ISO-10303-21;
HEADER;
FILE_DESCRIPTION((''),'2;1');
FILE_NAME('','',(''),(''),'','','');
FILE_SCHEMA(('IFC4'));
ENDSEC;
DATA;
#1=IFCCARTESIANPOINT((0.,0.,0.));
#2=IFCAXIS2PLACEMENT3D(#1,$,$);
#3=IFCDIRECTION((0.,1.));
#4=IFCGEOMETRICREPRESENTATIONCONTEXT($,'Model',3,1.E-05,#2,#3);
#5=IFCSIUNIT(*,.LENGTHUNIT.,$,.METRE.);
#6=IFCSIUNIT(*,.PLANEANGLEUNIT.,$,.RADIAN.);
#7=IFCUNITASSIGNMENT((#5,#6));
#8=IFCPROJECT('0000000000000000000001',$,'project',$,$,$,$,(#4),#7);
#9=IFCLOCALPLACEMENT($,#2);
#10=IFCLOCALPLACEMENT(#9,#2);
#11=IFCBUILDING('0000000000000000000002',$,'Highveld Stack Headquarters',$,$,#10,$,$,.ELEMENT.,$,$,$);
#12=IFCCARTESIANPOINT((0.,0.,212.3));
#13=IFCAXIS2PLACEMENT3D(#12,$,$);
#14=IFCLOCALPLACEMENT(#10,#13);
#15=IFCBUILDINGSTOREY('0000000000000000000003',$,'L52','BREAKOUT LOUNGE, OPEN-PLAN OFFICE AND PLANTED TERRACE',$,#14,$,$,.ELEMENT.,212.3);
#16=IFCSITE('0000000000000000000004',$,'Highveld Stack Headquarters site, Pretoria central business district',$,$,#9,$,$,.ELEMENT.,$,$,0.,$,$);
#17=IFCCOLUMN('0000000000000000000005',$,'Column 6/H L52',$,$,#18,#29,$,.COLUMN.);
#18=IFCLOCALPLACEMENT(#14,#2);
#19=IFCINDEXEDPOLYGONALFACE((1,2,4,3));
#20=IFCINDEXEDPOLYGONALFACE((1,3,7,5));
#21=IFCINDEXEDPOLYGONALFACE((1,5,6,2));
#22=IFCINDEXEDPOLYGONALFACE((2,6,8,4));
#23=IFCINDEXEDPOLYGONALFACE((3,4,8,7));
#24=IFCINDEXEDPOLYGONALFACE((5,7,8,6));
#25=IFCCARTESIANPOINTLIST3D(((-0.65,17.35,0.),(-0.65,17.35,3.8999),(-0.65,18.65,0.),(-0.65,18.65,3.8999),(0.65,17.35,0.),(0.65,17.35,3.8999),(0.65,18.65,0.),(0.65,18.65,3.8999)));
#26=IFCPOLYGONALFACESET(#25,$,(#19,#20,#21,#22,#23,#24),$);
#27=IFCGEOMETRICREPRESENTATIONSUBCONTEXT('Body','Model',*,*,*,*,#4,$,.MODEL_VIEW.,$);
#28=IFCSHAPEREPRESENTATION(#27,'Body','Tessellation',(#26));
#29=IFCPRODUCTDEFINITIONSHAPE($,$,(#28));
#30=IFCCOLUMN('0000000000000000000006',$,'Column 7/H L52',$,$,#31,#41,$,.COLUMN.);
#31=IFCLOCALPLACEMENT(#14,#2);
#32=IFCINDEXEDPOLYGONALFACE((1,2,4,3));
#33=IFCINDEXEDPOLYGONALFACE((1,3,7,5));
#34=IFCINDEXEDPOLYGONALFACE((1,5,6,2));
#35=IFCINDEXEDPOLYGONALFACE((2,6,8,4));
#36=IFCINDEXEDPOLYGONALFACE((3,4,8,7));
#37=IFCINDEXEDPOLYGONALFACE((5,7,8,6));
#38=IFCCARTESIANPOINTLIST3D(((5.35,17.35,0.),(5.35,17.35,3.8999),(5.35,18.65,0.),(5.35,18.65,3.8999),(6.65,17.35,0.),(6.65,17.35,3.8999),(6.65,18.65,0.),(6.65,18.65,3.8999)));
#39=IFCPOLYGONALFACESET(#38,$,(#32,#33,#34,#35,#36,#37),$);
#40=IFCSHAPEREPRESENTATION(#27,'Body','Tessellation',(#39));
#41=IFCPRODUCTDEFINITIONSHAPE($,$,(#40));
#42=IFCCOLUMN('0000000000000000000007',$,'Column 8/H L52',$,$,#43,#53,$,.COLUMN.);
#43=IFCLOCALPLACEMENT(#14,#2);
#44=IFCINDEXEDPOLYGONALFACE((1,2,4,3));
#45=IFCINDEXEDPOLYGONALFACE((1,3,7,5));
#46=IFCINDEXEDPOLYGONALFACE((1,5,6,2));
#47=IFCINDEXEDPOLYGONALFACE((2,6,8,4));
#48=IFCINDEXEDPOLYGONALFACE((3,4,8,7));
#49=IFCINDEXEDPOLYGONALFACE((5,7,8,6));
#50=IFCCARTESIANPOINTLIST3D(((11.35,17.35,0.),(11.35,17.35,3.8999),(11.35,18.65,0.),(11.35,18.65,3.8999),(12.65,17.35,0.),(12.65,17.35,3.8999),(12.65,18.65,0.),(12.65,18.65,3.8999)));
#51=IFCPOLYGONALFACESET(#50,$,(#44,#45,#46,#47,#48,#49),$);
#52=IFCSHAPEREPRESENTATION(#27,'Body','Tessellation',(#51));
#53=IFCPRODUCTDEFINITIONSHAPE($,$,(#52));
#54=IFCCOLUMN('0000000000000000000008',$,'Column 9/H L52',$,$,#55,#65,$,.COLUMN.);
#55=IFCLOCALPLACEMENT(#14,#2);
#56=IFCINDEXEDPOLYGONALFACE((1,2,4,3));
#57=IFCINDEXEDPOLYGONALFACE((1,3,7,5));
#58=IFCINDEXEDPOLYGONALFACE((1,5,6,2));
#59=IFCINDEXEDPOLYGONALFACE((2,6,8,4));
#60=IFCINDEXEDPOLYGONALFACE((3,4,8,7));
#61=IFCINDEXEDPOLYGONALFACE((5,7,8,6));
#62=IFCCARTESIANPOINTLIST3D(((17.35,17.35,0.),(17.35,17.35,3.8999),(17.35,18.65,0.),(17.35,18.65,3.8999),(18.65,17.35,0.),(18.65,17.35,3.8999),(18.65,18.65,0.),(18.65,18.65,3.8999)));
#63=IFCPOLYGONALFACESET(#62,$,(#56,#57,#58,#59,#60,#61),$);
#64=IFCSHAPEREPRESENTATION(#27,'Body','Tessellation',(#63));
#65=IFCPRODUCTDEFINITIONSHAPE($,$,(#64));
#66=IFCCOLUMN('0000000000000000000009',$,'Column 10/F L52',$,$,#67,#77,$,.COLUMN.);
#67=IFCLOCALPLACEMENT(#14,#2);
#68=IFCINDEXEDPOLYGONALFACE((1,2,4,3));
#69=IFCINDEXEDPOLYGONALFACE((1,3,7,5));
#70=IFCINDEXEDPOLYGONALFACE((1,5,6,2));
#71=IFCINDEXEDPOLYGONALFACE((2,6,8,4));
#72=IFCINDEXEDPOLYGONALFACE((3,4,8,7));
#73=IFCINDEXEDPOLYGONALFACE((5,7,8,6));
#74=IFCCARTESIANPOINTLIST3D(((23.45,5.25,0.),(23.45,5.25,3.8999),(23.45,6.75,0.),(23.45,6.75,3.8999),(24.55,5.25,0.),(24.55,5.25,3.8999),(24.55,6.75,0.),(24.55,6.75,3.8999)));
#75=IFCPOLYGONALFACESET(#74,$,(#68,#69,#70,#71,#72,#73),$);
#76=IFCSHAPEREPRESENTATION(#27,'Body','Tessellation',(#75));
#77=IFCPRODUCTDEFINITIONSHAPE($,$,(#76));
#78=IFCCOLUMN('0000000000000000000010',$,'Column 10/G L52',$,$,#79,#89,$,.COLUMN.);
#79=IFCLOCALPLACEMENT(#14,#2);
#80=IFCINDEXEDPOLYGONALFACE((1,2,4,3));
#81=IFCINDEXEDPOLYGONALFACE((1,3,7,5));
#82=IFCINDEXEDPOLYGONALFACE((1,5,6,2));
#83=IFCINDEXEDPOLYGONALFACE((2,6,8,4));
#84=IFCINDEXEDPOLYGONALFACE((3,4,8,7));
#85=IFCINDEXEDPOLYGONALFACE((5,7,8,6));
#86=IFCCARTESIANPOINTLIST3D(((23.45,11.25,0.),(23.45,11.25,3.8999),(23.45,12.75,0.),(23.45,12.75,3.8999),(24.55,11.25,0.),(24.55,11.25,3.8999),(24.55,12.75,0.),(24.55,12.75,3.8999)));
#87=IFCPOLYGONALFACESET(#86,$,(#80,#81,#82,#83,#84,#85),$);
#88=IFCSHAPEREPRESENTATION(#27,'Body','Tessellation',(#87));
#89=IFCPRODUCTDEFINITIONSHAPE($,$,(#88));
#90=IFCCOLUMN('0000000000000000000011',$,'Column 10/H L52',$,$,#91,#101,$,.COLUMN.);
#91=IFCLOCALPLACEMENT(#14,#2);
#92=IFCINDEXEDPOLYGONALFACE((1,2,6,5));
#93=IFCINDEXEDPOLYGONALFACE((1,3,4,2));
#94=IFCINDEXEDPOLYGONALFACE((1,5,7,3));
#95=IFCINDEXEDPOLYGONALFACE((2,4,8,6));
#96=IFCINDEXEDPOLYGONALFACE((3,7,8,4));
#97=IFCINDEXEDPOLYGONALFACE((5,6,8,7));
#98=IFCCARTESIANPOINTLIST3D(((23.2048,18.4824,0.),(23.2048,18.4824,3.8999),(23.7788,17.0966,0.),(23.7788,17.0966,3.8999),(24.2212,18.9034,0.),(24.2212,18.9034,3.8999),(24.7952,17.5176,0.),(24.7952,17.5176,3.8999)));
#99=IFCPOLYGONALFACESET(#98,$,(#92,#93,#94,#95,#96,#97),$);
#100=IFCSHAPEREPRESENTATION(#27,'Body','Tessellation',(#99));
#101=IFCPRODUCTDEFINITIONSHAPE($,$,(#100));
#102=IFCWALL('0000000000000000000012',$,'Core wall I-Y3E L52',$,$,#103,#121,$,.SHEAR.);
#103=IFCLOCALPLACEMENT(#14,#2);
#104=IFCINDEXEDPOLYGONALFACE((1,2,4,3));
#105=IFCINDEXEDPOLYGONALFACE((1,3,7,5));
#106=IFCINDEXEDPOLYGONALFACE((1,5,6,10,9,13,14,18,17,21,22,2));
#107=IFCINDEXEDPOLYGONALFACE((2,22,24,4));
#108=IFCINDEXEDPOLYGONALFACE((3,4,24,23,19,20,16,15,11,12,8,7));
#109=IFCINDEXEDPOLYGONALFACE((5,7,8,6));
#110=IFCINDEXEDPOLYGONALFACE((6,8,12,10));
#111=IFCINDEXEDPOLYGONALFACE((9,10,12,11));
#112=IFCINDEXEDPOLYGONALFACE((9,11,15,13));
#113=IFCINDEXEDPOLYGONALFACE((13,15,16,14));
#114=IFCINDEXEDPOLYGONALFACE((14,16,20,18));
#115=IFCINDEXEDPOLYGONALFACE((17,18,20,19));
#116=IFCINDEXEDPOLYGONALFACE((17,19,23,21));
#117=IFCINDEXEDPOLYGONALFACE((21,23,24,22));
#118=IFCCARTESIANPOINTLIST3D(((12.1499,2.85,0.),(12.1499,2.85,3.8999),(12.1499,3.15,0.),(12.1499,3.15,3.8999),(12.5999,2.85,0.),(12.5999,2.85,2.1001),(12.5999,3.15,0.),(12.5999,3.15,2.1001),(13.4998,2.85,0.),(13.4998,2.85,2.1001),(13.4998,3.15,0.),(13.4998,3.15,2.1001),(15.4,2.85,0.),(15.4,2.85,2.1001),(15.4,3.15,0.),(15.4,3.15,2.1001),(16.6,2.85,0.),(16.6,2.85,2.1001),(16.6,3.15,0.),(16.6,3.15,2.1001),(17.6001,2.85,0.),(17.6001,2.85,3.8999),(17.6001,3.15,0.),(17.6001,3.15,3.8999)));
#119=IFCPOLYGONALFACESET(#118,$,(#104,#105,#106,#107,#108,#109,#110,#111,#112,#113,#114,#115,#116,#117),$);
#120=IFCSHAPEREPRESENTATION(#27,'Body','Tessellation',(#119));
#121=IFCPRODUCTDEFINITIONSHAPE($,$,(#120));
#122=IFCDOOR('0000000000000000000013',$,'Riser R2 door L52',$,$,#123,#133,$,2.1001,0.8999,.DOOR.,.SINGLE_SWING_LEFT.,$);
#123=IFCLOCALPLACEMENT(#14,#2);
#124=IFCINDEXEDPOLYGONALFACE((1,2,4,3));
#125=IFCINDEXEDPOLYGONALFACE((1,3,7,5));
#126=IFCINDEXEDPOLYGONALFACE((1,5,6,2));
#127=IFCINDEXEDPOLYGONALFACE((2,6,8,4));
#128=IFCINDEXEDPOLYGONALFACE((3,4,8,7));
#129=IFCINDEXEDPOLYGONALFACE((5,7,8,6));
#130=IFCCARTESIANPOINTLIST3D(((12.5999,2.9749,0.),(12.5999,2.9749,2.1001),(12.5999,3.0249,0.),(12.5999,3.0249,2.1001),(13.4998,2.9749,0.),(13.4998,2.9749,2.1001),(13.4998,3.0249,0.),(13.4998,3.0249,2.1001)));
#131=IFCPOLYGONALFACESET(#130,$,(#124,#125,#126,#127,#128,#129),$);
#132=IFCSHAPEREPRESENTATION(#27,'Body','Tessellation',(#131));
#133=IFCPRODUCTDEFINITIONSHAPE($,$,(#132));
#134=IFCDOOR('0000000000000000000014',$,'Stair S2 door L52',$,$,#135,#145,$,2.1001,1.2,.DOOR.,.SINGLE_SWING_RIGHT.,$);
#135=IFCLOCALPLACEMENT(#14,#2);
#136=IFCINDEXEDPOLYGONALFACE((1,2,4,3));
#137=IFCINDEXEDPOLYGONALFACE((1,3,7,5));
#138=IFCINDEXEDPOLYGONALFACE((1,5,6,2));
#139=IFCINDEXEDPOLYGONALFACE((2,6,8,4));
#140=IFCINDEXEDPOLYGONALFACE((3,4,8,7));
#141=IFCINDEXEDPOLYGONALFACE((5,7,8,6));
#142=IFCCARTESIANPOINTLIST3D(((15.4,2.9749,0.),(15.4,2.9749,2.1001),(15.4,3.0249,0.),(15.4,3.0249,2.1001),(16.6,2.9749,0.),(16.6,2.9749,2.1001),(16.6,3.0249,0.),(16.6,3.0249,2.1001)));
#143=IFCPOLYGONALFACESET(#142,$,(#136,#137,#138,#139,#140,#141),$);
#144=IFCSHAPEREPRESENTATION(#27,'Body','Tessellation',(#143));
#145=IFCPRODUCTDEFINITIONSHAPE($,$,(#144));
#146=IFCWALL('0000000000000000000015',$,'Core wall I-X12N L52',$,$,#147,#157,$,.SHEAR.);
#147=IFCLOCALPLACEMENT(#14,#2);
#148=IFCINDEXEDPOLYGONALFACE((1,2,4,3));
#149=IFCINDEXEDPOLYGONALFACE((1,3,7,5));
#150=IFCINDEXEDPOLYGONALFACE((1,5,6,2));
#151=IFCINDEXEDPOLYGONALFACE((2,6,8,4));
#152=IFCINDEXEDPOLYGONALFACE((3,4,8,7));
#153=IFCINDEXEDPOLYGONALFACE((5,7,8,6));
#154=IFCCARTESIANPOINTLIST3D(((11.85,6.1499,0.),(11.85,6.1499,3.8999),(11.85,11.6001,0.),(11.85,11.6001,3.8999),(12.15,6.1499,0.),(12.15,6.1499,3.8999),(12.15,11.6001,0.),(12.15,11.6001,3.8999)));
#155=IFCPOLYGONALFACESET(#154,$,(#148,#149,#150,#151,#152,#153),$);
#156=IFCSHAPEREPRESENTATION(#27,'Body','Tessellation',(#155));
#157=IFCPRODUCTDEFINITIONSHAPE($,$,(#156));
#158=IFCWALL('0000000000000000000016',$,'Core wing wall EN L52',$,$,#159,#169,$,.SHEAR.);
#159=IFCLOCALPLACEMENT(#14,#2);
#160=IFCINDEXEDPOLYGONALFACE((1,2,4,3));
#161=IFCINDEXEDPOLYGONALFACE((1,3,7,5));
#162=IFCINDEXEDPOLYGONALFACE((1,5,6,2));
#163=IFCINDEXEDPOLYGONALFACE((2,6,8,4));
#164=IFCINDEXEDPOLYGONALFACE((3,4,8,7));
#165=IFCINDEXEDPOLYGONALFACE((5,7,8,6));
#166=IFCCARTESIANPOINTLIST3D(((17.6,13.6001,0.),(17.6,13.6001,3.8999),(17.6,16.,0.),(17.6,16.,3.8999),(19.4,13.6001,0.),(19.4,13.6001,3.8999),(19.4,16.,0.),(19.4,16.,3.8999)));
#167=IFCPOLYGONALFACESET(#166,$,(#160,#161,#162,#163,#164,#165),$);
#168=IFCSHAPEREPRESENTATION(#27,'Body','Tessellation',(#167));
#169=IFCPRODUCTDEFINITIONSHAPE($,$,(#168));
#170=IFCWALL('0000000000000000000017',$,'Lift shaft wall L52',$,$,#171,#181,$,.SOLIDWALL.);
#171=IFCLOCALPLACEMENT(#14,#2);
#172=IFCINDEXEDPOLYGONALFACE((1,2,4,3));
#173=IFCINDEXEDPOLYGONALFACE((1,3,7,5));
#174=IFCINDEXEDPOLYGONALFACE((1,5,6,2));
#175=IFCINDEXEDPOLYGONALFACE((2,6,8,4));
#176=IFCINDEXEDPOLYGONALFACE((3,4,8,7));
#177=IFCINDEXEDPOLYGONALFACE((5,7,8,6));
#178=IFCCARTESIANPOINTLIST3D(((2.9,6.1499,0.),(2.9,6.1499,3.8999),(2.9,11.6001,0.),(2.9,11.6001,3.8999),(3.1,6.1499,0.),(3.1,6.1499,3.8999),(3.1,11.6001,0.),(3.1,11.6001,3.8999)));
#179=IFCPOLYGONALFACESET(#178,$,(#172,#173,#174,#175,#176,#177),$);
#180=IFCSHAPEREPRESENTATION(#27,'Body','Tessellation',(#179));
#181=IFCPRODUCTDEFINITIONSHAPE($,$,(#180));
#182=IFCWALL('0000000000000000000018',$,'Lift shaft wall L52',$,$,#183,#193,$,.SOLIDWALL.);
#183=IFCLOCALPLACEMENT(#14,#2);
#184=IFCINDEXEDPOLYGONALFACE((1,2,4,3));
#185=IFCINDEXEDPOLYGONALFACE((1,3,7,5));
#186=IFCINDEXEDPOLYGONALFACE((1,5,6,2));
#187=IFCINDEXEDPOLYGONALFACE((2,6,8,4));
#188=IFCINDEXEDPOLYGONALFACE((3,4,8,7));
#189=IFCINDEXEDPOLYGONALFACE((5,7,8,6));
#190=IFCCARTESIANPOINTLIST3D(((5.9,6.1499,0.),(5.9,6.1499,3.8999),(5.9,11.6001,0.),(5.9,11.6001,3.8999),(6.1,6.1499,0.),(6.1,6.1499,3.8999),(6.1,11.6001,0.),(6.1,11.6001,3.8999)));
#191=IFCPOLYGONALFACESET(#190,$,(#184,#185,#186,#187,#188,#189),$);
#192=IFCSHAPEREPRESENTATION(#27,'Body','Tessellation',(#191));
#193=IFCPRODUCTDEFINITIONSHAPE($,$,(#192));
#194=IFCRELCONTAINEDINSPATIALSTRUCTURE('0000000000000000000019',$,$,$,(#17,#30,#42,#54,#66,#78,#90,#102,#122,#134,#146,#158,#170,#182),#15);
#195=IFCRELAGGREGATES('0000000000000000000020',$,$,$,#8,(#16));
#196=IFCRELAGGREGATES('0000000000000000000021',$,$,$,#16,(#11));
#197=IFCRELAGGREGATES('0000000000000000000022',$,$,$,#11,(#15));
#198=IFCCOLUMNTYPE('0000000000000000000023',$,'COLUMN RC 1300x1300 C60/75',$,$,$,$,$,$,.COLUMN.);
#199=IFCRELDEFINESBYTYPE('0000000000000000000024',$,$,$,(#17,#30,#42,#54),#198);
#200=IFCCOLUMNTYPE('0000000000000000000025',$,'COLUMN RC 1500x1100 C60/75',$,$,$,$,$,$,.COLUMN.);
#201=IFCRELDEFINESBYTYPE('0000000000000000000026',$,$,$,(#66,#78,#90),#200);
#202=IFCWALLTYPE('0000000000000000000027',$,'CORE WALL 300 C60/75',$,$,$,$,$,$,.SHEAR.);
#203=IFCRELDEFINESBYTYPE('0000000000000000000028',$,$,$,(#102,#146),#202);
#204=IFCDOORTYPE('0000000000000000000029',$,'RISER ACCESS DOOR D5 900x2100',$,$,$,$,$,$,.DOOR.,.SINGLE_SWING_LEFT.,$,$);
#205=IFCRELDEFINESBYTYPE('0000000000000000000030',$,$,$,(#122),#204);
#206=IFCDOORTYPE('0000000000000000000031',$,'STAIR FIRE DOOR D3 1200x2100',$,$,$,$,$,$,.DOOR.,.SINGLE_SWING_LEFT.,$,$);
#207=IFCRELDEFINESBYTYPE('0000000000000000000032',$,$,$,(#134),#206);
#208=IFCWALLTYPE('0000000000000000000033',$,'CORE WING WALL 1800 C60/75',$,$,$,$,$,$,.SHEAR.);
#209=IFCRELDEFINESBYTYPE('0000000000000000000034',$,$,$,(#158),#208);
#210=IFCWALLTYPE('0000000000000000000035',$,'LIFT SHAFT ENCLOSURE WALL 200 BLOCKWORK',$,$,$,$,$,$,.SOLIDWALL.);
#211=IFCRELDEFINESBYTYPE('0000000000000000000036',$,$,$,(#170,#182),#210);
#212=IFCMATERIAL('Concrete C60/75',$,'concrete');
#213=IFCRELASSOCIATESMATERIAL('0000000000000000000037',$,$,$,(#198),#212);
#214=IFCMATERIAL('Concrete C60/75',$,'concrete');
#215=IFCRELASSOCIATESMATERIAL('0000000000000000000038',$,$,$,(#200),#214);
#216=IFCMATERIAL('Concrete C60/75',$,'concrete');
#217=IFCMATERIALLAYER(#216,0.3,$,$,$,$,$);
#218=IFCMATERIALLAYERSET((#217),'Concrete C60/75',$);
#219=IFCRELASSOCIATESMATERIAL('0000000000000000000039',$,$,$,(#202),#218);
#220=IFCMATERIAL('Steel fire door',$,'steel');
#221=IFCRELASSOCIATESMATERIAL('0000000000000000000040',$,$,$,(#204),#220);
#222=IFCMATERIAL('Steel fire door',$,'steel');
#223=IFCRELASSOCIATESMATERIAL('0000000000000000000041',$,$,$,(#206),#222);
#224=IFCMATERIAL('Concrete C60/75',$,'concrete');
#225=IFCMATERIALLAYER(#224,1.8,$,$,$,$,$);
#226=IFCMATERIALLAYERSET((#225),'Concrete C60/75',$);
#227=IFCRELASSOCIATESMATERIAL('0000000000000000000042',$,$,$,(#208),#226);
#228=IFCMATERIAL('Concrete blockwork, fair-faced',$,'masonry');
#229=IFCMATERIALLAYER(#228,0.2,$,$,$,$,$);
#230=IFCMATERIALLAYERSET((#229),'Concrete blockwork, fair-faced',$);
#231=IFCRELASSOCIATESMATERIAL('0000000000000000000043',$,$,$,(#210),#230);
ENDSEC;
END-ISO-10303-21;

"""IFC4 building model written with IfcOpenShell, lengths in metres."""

from ifc_helpers import new_model, si_unit, direction, frame, frame_2d, origin, origin_2d, place, context, subcontext, project, spatial, rectangle, extrude, material, layer, layer_set, material_profile, profile_set, type_object, element, fill, save


model = new_model("IFC4")

# Units and contexts
model_context = context("Model", 3, precision=1e-05, world=origin(), true_north=direction((0.0, 1.0)))
body_context = subcontext(model_context, "Body", "Model", "MODEL_VIEW")
ifc_project = project(units=[si_unit("LENGTHUNIT", "METRE"), si_unit("PLANEANGLEUNIT", "RADIAN")], contexts=[model_context])

# Site, building, storey
site_placement = place(None, origin())
site = spatial("IfcSite", under=ifc_project, at=site_placement, Name="Highveld Stack Headquarters site, Pretoria central business district", CompositionType="ELEMENT", RefElevation=0.0)
building_placement = place(site_placement, origin())
building = spatial("IfcBuilding", under=site, at=building_placement, Name="Highveld Stack Headquarters", CompositionType="ELEMENT")
storey_placement = place(building_placement, frame((0.0, 0.0, 212.3)))
storey = spatial("IfcBuildingStorey", under=building, at=storey_placement, Name="L52", Description="BREAKOUT LOUNGE, OPEN-PLAN OFFICE AND PLANTED TERRACE", CompositionType="ELEMENT", Elevation=212.3)

# Columns
ifc_material_1 = material(Name="Concrete C60/75", Category="concrete")
ifc_material_profile_1 = material_profile(ifc_material_1, rectangle(XDim=1.3, YDim=1.3, at=origin_2d()), Name="RC 1300x1300")
ifc_profile_set_1 = profile_set([ifc_material_profile_1], Name="Concrete C60/75")
column_type_1 = type_object("IfcColumnType", Name="COLUMN RC 1300x1300 C60/75", PredefinedType="COLUMN", material=ifc_profile_set_1)
for number, where, z_axis, x_axis, name in (
    (1, (0.0, 18.0, 0.0), (0.0, 0.0, 1.0), (1.0, 0.0, 0.0), "Column 6/H L52"),
    (2, (6.0, 18.0, 0.0), (0.0, 0.0, 1.0), (1.0, 0.0, 0.0), "Column 7/H L52"),
    (3, (12.0, 18.0, 0.0), (0.0, 0.0, 1.0), (1.0, 0.0, 0.0), "Column 8/H L52"),
    (4, (18.0, 18.0, 0.0), (0.0, 0.0, 1.0), (1.0, 0.0, 0.0), "Column 9/H L52"),
):
    element("IfcColumn", number, at=place(storey_placement, frame(where, z_axis=z_axis, x_axis=x_axis)), inside=storey, type_object=column_type_1, Name=name, PredefinedType="COLUMN", context=body_context, shape_type="SweptSolid", body=[
        extrude(rectangle(XDim=1.3, YDim=1.3, at=origin_2d()), origin(), (0.0, 0.0, 1.0), 3.8999),
    ])
ifc_material_2 = material(Name="Concrete C60/75", Category="concrete")
ifc_material_profile_2 = material_profile(ifc_material_2, rectangle(XDim=1.5, YDim=1.1001, at=origin_2d()), Name="RC 1500x1100")
ifc_profile_set_2 = profile_set([ifc_material_profile_2], Name="Concrete C60/75")
column_type_2 = type_object("IfcColumnType", Name="COLUMN RC 1500x1100 C60/75", PredefinedType="COLUMN", material=ifc_profile_set_2)
for number, where, z_axis, x_axis, name in (
    (5, (24.0, 6.0, 0.0), (0.0, 0.0, 1.0), (0.0, 1.0, 0.0), "Column 10/F L52"),
    (6, (24.0, 12.0, 0.0), (0.0, 0.0, 1.0), (0.0, 1.0, 0.0), "Column 10/G L52"),
    (7, (24.0, 18.0, 0.0), (0.0, 0.0, 1.0), (0.382683, -0.92388, 0.0), "Column 10/H L52"),
):
    element("IfcColumn", number, at=place(storey_placement, frame(where, z_axis=z_axis, x_axis=x_axis)), inside=storey, type_object=column_type_2, Name=name, PredefinedType="COLUMN", context=body_context, shape_type="SweptSolid", body=[
        extrude(rectangle(XDim=1.5, YDim=1.1001, at=origin_2d()), origin(), (0.0, 0.0, 1.0), 3.8999),
    ])

# Wall, openings, doors
ifc_material_3 = material(Name="Concrete C60/75", Category="concrete")
ifc_layer_1 = layer(ifc_material_3, 0.3)
ifc_layer_set_1 = layer_set([ifc_layer_1], Name="Concrete C60/75")
wall_type_1 = type_object("IfcWallType", Name="CORE WALL 300 C60/75", PredefinedType="SHEAR", material=ifc_layer_set_1)
wall_1_placement = place(storey_placement, frame((12.1499, 3.0, 0.0), z_axis=(0.0, 0.0, 1.0), x_axis=(1.0, 0.0, 0.0)))
wall_1 = element("IfcWall", 8, at=wall_1_placement, inside=storey, type_object=wall_type_1, Name="Core wall I-Y3E L52", PredefinedType="SHEAR", context=body_context, shape_type="SweptSolid", body=[
    extrude(rectangle(XDim=5.4502, YDim=0.3, at=frame_2d((2.7251, 0.0))), origin(), (0.0, 0.0, 1.0), 3.8999),
])
opening_1_placement = place(wall_1_placement, frame((3.25, 0.0, 0.0)))
opening_1 = element("IfcOpeningElement", 9, at=opening_1_placement, cuts=wall_1, PredefinedType="OPENING", context=body_context, shape_type="SweptSolid", body=[
    extrude(rectangle(XDim=1.2, YDim=2.1001, at=frame_2d((0.6001, 1.05))), frame((0.0, 0.1599, 0.0), z_axis=(0.0, -1.0, 0.0), x_axis=(1.0, 0.0, 0.0)), (0.0, 0.0, 1.0), 0.3201),
])
opening_2_placement = place(wall_1_placement, frame((0.45, 0.0, 0.0)))
opening_2 = element("IfcOpeningElement", 10, at=opening_2_placement, cuts=wall_1, PredefinedType="OPENING", context=body_context, shape_type="SweptSolid", body=[
    extrude(rectangle(XDim=0.8999, YDim=2.1001, at=frame_2d((0.45, 1.05))), frame((0.0, 0.1599, 0.0), z_axis=(0.0, -1.0, 0.0), x_axis=(1.0, 0.0, 0.0)), (0.0, 0.0, 1.0), 0.3201),
])
ifc_material_4 = material(Name="Steel fire door", Category="steel")
door_type_1 = type_object("IfcDoorType", Name="RISER ACCESS DOOR D5 900x2100", OperationType="SINGLE_SWING_LEFT", PredefinedType="DOOR", material=ifc_material_4)
door_1_placement = place(opening_2_placement, origin())
door_1 = element("IfcDoor", 11, at=door_1_placement, inside=storey, type_object=door_type_1, Name="Riser R2 door L52", OperationType="SINGLE_SWING_LEFT", OverallHeight=2.1001, OverallWidth=0.8999, PredefinedType="DOOR", context=body_context, shape_type="SweptSolid", body=[
    extrude(rectangle(XDim=0.8999, YDim=2.1001, at=frame_2d((0.45, 1.05))), frame((0.0, 0.0249, 0.0), z_axis=(0.0, -1.0, 0.0), x_axis=(1.0, 0.0, 0.0)), (0.0, 0.0, 1.0), 0.05),
])
fill(opening_2, door_1)
ifc_material_5 = material(Name="Steel fire door", Category="steel")
door_type_2 = type_object("IfcDoorType", Name="STAIR FIRE DOOR D3 1200x2100", OperationType="SINGLE_SWING_LEFT", PredefinedType="DOOR", material=ifc_material_5)
door_2_placement = place(opening_1_placement, origin())
door_2 = element("IfcDoor", 12, at=door_2_placement, inside=storey, type_object=door_type_2, Name="Stair S2 door L52", OperationType="SINGLE_SWING_RIGHT", OverallHeight=2.1001, OverallWidth=1.2, PredefinedType="DOOR", context=body_context, shape_type="SweptSolid", body=[
    extrude(rectangle(XDim=1.2, YDim=2.1001, at=frame_2d((0.6001, 1.05))), frame((0.0, 0.0249, 0.0), z_axis=(0.0, -1.0, 0.0), x_axis=(1.0, 0.0, 0.0)), (0.0, 0.0, 1.0), 0.05),
])
fill(opening_1, door_2)

# Walls
wall_2_placement = place(storey_placement, frame((12.0, 6.1499, 0.0), z_axis=(0.0, 0.0, 1.0), x_axis=(0.0, 1.0, 0.0)))
element("IfcWall", 13, at=wall_2_placement, inside=storey, type_object=wall_type_1, Name="Core wall I-X12N L52", PredefinedType="SHEAR", context=body_context, shape_type="SweptSolid", body=[
    extrude(rectangle(XDim=5.4502, YDim=0.3, at=frame_2d((2.7251, 0.0))), origin(), (0.0, 0.0, 1.0), 3.8999),
])
ifc_material_6 = material(Name="Concrete C60/75", Category="concrete")
ifc_layer_2 = layer(ifc_material_6, 1.8)
ifc_layer_set_2 = layer_set([ifc_layer_2], Name="Concrete C60/75")
wall_type_2 = type_object("IfcWallType", Name="CORE WING WALL 1800 C60/75", PredefinedType="SHEAR", material=ifc_layer_set_2)
wall_3_placement = place(storey_placement, frame((18.5, 13.6001, 0.0), z_axis=(0.0, 0.0, 1.0), x_axis=(0.0, 1.0, 0.0)))
element("IfcWall", 14, at=wall_3_placement, inside=storey, type_object=wall_type_2, Name="Core wing wall EN L52", PredefinedType="SHEAR", context=body_context, shape_type="SweptSolid", body=[
    extrude(rectangle(XDim=2.3999, YDim=1.8, at=frame_2d((1.2, 0.0))), origin(), (0.0, 0.0, 1.0), 3.8999),
])
ifc_material_7 = material(Name="Concrete blockwork, fair-faced", Category="masonry")
ifc_layer_3 = layer(ifc_material_7, 0.2)
ifc_layer_set_3 = layer_set([ifc_layer_3], Name="Concrete blockwork, fair-faced")
wall_type_3 = type_object("IfcWallType", Name="LIFT SHAFT ENCLOSURE WALL 200 BLOCKWORK", PredefinedType="SOLIDWALL", material=ifc_layer_set_3)
for number, where, z_axis, x_axis, name in (
    (15, (3.0, 6.1499, 0.0), (0.0, 0.0, 1.0), (0.0, 1.0, 0.0), "Lift shaft wall L52"),
    (16, (6.0, 6.1499, 0.0), (0.0, 0.0, 1.0), (0.0, 1.0, 0.0), "Lift shaft wall L52"),
):
    element("IfcWall", number, at=place(storey_placement, frame(where, z_axis=z_axis, x_axis=x_axis)), inside=storey, type_object=wall_type_3, Name=name, PredefinedType="SOLIDWALL", context=body_context, shape_type="SweptSolid", body=[
        extrude(rectangle(XDim=5.4502, YDim=0.2, at=frame_2d((2.7251, 0.0))), origin(), (0.0, 0.0, 1.0), 3.8999),
    ])

save(model, "model.ifc")
